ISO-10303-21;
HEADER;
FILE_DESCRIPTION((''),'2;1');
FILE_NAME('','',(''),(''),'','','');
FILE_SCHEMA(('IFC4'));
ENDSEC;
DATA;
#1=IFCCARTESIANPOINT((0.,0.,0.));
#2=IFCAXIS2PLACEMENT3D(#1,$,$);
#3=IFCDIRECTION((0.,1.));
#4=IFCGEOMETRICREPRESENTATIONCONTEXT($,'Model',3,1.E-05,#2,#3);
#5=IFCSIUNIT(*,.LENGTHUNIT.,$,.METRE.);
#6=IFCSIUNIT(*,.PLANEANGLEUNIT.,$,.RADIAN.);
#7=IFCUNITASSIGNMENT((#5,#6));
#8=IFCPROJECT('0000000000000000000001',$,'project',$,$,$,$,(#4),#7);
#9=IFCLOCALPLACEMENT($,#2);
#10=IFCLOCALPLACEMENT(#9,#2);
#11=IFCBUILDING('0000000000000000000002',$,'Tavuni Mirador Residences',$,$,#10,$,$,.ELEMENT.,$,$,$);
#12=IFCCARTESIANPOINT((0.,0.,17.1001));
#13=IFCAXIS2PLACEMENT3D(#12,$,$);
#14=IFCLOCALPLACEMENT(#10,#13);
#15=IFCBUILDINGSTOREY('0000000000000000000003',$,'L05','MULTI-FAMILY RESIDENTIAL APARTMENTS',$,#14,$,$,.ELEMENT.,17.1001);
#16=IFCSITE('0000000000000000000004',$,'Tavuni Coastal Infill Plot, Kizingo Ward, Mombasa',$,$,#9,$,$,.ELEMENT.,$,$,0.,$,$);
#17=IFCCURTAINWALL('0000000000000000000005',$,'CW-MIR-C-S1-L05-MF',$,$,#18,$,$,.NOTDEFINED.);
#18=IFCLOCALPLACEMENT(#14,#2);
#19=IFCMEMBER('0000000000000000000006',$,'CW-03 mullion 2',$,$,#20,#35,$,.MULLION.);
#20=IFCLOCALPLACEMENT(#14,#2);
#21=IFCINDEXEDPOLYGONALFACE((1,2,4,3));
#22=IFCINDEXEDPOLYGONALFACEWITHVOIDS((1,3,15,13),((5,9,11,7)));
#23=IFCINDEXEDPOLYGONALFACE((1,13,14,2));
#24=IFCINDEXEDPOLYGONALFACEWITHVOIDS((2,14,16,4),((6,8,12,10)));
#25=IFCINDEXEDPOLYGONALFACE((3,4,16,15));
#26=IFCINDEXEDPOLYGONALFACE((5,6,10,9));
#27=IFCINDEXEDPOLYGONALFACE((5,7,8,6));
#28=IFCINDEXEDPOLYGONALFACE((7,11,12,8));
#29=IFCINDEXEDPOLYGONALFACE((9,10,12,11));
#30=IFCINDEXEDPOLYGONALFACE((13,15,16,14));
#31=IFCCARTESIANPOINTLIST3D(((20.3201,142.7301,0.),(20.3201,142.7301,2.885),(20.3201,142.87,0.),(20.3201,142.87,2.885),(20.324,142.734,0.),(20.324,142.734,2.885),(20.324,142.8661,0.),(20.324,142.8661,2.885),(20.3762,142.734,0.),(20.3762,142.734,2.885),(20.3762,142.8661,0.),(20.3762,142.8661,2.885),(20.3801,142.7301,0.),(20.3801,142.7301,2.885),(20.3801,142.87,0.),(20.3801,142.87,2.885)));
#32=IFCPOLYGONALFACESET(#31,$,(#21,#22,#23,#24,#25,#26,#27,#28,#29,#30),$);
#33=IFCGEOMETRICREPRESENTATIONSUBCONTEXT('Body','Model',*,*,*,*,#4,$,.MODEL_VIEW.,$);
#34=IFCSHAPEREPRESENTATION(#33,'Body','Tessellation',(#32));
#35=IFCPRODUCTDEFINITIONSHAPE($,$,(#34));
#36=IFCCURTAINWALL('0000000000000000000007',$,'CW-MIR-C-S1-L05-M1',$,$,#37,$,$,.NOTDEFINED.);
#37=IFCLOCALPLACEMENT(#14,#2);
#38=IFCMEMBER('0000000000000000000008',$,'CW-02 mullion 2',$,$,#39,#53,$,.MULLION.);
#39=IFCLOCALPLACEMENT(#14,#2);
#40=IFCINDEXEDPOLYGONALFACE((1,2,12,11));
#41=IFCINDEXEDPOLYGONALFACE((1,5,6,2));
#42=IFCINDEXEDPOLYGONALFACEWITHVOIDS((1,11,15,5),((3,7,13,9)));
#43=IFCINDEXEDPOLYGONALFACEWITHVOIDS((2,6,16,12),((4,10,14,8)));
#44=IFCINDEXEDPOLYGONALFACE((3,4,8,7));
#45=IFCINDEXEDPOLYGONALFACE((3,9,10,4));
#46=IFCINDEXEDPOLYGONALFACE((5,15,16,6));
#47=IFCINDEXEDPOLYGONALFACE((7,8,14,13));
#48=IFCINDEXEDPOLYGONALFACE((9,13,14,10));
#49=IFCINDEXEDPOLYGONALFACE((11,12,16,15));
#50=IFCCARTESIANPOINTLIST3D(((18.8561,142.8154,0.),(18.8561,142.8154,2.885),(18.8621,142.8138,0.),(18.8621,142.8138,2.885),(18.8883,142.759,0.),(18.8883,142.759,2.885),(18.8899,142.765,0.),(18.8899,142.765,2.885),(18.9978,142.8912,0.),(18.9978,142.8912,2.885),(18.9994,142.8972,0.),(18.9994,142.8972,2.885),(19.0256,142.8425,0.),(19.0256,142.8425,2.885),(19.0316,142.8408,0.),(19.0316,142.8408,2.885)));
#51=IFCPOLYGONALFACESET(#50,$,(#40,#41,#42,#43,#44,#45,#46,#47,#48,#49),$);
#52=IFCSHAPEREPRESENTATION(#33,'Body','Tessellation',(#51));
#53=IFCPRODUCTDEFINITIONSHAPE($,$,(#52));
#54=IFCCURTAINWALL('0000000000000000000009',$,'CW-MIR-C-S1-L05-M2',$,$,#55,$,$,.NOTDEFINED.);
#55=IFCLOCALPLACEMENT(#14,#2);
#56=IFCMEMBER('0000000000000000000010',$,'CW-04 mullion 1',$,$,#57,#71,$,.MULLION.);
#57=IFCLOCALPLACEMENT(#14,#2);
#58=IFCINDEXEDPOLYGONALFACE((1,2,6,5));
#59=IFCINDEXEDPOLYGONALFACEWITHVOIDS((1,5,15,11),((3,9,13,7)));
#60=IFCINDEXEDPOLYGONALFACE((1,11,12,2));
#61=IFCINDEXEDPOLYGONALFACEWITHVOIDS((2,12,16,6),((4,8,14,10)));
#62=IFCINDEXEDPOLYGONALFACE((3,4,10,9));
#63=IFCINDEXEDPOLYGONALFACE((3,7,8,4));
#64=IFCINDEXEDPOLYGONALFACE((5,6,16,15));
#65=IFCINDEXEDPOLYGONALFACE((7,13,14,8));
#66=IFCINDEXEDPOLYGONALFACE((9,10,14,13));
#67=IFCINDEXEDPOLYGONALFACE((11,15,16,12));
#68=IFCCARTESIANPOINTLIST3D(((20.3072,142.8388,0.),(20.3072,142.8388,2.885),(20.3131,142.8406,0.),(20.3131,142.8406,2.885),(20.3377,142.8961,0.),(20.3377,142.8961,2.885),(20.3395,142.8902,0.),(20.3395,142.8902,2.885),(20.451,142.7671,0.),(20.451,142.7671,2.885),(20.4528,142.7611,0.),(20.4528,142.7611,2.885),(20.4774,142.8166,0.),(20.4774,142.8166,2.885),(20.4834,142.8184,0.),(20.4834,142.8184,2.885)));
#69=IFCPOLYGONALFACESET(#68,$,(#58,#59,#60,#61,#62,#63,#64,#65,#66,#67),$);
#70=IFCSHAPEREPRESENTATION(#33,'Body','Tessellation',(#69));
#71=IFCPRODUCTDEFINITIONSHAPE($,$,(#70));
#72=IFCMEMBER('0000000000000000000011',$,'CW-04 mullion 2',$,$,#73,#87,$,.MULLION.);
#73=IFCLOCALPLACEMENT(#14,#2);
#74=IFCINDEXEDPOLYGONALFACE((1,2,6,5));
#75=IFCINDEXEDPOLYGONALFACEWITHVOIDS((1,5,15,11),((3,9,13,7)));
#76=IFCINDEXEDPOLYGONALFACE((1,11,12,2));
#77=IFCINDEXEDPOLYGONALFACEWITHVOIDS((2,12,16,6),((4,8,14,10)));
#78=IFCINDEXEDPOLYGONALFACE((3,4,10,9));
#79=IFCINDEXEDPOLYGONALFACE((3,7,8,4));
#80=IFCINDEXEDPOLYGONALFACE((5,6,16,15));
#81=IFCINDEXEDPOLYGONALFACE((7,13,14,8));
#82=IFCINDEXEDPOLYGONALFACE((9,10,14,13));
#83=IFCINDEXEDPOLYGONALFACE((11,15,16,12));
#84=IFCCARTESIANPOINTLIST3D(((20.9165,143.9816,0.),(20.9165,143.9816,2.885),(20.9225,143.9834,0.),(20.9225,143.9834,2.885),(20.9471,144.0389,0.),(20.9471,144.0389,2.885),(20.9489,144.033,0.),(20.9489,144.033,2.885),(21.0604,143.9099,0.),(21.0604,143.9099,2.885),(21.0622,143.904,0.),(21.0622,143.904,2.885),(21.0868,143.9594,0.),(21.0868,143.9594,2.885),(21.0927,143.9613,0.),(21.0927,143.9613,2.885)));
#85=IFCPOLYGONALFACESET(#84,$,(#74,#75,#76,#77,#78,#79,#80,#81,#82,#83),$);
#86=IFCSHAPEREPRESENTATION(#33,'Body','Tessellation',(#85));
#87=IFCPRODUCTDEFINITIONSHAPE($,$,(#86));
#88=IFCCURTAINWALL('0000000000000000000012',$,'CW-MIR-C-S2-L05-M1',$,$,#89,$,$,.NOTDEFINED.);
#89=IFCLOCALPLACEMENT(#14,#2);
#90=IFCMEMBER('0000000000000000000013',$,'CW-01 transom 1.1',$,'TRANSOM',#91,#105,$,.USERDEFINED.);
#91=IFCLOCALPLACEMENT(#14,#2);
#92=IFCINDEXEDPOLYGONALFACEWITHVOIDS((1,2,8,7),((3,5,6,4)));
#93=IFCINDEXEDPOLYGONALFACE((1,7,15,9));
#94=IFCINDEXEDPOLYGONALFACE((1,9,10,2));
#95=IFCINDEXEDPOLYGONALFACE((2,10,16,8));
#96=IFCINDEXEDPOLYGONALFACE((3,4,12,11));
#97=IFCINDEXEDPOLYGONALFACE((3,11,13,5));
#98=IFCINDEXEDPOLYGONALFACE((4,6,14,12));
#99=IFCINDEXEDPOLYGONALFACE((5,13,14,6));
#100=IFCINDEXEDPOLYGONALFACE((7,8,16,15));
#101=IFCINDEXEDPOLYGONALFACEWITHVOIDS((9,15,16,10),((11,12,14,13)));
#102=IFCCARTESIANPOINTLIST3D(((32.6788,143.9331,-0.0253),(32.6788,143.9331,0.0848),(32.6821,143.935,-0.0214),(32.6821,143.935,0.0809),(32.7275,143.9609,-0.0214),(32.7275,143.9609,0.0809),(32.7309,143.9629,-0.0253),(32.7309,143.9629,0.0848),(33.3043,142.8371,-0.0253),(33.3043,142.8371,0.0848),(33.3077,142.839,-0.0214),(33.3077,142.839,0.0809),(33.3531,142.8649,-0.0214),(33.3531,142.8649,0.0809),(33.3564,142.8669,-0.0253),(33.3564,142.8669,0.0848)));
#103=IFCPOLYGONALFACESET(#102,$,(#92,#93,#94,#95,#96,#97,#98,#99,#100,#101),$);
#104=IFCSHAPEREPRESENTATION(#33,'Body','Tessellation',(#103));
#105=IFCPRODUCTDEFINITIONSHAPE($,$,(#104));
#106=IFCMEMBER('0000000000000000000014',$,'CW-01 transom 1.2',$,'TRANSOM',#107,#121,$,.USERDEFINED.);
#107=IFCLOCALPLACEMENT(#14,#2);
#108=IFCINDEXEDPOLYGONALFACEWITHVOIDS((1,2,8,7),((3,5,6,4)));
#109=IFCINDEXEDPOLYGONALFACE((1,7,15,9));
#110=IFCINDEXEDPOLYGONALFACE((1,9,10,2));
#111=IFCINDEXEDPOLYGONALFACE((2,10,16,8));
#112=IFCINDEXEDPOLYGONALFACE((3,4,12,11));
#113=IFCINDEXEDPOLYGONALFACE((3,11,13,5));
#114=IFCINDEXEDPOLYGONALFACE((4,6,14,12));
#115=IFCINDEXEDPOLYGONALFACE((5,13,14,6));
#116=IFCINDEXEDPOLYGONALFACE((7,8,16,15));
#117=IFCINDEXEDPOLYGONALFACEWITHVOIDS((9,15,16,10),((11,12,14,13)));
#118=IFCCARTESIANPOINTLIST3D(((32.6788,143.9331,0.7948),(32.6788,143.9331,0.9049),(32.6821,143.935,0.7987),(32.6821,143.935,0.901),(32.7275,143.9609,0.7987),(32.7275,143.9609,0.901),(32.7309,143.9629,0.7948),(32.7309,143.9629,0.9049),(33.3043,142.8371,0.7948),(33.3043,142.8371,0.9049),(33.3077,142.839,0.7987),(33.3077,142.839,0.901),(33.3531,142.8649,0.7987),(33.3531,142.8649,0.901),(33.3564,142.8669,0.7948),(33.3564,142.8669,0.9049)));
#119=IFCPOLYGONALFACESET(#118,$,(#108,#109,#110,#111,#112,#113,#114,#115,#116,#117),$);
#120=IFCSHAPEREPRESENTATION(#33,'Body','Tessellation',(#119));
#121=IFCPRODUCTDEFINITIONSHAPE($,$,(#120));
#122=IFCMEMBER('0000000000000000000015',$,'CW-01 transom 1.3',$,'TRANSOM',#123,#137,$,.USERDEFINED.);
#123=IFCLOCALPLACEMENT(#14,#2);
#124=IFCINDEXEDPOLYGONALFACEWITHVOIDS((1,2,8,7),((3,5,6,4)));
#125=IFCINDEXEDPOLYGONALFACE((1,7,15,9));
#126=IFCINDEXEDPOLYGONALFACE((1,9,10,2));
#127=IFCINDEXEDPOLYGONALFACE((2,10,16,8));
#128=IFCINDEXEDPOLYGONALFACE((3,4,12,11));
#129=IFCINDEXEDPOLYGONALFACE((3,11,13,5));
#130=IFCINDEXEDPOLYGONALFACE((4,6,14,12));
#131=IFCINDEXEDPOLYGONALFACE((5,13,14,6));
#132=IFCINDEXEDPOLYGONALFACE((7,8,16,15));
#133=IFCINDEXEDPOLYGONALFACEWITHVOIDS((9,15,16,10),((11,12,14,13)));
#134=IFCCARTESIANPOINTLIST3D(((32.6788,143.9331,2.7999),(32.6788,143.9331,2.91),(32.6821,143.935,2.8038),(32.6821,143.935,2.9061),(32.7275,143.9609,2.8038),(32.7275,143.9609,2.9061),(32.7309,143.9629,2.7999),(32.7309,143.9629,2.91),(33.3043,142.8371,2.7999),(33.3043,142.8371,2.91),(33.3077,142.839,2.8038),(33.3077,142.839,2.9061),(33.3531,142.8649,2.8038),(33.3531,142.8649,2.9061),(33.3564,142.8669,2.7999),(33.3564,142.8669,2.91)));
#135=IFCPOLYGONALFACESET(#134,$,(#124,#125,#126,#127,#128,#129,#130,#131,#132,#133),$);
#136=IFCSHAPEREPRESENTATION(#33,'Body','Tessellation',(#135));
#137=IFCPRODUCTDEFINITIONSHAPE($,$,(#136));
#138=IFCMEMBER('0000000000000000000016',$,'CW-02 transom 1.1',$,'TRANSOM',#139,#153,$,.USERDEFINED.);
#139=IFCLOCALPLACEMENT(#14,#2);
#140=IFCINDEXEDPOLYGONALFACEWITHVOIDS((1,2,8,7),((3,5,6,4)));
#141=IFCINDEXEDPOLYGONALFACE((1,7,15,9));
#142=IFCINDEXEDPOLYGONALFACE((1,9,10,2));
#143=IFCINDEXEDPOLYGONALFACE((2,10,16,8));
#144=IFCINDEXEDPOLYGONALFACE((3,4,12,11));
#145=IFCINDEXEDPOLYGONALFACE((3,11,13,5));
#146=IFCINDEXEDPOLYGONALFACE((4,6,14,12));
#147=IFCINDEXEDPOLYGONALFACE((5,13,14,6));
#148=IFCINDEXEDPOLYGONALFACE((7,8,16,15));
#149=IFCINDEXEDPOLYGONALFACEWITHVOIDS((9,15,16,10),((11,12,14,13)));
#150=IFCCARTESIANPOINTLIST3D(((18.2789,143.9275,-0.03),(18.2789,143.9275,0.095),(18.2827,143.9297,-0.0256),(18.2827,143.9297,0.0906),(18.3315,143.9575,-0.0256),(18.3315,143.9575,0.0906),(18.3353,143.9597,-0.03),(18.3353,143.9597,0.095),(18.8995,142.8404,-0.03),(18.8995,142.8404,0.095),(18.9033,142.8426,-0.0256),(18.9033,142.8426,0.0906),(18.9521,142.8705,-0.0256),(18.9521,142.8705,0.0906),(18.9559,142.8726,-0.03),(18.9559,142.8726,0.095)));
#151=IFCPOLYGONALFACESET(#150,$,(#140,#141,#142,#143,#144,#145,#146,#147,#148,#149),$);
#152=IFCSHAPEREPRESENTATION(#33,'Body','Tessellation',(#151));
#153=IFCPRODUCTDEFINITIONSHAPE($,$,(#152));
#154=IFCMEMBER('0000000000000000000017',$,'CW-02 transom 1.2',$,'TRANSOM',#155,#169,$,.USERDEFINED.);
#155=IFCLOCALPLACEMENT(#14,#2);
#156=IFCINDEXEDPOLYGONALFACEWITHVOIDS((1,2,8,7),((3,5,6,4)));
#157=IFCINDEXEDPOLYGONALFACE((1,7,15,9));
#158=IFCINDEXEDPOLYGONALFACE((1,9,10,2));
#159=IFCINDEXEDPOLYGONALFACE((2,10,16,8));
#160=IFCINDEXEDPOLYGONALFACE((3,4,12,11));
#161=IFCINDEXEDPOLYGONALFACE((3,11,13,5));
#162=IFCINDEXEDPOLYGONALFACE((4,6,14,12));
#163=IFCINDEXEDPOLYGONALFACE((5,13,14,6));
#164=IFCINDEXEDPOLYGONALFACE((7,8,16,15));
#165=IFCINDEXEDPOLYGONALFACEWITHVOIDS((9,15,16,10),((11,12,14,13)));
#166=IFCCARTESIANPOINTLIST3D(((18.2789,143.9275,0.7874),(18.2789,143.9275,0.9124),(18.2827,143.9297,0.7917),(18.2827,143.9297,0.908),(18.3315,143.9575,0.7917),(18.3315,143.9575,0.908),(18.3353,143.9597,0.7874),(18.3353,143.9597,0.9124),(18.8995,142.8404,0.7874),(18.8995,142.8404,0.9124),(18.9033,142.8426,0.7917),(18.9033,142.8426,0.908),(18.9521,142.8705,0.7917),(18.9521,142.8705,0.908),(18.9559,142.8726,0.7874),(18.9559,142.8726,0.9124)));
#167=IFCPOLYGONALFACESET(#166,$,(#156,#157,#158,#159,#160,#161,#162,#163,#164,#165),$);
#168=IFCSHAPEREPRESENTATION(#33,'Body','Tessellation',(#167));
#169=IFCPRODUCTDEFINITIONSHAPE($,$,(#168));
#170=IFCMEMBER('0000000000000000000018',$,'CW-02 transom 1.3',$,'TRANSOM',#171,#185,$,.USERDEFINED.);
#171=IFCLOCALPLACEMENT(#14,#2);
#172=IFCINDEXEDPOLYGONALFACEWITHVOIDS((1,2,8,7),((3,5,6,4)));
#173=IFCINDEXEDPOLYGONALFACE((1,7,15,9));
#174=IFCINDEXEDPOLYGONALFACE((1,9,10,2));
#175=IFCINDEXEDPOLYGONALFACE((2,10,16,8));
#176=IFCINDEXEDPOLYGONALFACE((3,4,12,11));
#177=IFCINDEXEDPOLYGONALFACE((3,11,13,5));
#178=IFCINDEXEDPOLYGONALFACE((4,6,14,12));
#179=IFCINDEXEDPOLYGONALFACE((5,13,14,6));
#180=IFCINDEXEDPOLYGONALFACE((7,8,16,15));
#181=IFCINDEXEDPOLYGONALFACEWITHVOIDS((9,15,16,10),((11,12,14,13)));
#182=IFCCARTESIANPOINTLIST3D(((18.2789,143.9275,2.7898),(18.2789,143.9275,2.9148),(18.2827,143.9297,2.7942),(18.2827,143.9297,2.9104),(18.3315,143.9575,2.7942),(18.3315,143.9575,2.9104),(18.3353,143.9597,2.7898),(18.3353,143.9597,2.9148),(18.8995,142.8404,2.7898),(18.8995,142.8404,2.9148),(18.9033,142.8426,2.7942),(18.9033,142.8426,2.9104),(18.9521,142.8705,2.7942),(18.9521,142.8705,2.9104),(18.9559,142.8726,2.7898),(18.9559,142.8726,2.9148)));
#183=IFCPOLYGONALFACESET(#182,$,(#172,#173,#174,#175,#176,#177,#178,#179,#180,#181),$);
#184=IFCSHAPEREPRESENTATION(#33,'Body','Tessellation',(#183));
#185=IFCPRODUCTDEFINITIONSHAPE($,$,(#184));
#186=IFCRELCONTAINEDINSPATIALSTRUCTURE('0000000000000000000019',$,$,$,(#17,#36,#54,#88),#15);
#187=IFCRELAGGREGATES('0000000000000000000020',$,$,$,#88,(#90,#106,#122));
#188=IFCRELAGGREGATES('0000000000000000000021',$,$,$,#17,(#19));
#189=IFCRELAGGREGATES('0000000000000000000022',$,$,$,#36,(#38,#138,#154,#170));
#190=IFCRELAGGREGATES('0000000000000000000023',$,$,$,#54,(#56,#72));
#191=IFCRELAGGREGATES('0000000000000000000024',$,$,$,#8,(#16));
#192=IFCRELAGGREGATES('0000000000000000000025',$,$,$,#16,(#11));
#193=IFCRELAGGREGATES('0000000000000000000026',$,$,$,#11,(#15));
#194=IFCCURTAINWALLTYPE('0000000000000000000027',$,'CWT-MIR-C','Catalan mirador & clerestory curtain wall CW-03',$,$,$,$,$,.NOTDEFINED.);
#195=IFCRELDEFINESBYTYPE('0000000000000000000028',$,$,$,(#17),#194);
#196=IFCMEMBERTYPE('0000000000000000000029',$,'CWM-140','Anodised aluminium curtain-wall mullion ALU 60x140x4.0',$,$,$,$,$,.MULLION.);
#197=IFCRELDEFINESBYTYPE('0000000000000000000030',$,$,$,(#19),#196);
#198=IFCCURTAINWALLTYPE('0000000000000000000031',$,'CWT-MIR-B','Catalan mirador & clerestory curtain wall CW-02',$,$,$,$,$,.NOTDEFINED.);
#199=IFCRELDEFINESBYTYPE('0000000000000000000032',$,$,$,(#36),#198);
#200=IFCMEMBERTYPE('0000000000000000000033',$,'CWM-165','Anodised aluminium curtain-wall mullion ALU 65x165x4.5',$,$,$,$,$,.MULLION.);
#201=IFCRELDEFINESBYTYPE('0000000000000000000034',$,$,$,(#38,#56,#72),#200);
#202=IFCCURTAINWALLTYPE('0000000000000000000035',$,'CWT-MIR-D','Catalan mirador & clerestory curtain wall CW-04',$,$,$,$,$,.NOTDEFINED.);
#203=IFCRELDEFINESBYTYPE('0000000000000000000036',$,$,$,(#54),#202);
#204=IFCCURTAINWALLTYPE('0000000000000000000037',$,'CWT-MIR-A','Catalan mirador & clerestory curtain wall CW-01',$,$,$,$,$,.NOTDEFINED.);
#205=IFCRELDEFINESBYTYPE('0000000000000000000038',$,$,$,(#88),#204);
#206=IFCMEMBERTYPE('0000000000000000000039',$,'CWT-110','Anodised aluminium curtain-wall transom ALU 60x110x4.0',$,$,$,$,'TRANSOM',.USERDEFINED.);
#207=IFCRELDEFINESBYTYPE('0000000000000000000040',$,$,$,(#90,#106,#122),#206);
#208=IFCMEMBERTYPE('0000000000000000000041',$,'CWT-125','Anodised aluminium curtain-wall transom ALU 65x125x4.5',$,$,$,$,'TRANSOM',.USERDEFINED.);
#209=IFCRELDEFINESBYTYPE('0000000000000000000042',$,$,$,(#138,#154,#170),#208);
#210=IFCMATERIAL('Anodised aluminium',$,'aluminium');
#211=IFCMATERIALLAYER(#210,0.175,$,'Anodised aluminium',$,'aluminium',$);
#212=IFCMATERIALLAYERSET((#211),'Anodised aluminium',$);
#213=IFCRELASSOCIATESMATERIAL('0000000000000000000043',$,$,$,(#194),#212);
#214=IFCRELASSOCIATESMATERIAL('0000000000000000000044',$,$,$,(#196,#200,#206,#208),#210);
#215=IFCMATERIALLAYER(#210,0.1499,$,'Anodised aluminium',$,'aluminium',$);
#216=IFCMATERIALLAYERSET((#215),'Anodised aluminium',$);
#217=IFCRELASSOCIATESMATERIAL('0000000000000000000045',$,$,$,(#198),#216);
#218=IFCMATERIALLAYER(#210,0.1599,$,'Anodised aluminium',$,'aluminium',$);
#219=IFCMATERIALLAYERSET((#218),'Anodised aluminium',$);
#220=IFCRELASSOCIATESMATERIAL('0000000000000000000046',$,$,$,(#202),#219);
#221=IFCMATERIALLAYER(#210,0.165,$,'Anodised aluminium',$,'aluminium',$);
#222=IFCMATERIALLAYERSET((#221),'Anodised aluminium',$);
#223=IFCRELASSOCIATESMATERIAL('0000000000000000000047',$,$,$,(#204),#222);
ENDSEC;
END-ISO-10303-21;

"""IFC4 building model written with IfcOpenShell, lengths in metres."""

from ifc_helpers import new_model, si_unit, direction, frame, origin, origin_2d, place, context, subcontext, project, spatial, hollow_rectangle, extrude, material, layer, layer_set, material_profile, profile_set, type_object, element, aggregate, save


model = new_model("IFC4")

# Units and contexts
model_context = context("Model", 3, precision=1e-05, world=origin(), true_north=direction((0.0, 1.0)))
body_context = subcontext(model_context, "Body", "Model", "MODEL_VIEW")
ifc_project = project(units=[si_unit("LENGTHUNIT", "METRE"), si_unit("PLANEANGLEUNIT", "RADIAN")], contexts=[model_context])

# Site, building, storey
site_placement = place(None, origin())
site = spatial("IfcSite", under=ifc_project, at=site_placement, Name="Tavuni Coastal Infill Plot, Kizingo Ward, Mombasa", CompositionType="ELEMENT", RefElevation=0.0)
building_placement = place(site_placement, origin())
building = spatial("IfcBuilding", under=site, at=building_placement, Name="Tavuni Mirador Residences", CompositionType="ELEMENT")
storey_placement = place(building_placement, frame((0.0, 0.0, 17.1001)))
storey = spatial("IfcBuildingStorey", under=building, at=storey_placement, Name="L05", Description="MULTI-FAMILY RESIDENTIAL APARTMENTS", CompositionType="ELEMENT", Elevation=17.1001)

# Curtain walls, members
ifc_material_1 = material(Name="Anodised aluminium", Category="aluminium")
ifc_layer_1 = layer(ifc_material_1, 0.175, Name="Anodised aluminium", Category="aluminium")
ifc_layer_set_1 = layer_set([ifc_layer_1], Name="Anodised aluminium")
curtain_wall_type_1 = type_object("IfcCurtainWallType", Name="CWT-MIR-C", Description="Catalan mirador & clerestory curtain wall CW-03", PredefinedType="NOTDEFINED", material=ifc_layer_set_1)
curtain_wall_1_placement = place(storey_placement, origin())
curtain_wall_1 = element("IfcCurtainWall", 1, at=curtain_wall_1_placement, inside=storey, type_object=curtain_wall_type_1, Name="CW-MIR-C-S1-L05-MF", PredefinedType="NOTDEFINED")
ifc_material_profile_1 = material_profile(ifc_material_1, hollow_rectangle(XDim=0.0601, YDim=0.1399, WallThickness=0.0039, at=origin_2d()), Name="ALU 60x140x4.0", Category="aluminium")
ifc_profile_set_1 = profile_set([ifc_material_profile_1], Name="Anodised aluminium")
member_type_1 = type_object("IfcMemberType", Name="CWM-140", Description="Anodised aluminium curtain-wall mullion ALU 60x140x4.0", PredefinedType="MULLION", material=ifc_profile_set_1)
member_1_placement = place(storey_placement, frame((20.3501, 142.8, 0.0), z_axis=(0.0, 0.0, 1.0), x_axis=(1.0, 0.0, 0.0)))
member_1 = element("IfcMember", 2, at=member_1_placement, type_object=member_type_1, Name="CW-03 mullion 2", PredefinedType="MULLION", context=body_context, shape_type="SweptSolid", body=[
    extrude(hollow_rectangle(XDim=0.0601, YDim=0.1399, WallThickness=0.0039, at=origin_2d()), origin(), (0.0, 0.0, 1.0), 2.885),
])
ifc_layer_2 = layer(ifc_material_1, 0.1499, Name="Anodised aluminium", Category="aluminium")
ifc_layer_set_2 = layer_set([ifc_layer_2], Name="Anodised aluminium")
curtain_wall_type_2 = type_object("IfcCurtainWallType", Name="CWT-MIR-B", Description="Catalan mirador & clerestory curtain wall CW-02", PredefinedType="NOTDEFINED", material=ifc_layer_set_2)
curtain_wall_2_placement = place(storey_placement, origin())
curtain_wall_2 = element("IfcCurtainWall", 3, at=curtain_wall_2_placement, inside=storey, type_object=curtain_wall_type_2, Name="CW-MIR-C-S1-L05-M1", PredefinedType="NOTDEFINED")
ifc_material_profile_2 = material_profile(ifc_material_1, hollow_rectangle(XDim=0.0649, YDim=0.165, WallThickness=0.0044, at=origin_2d()), Name="ALU 65x165x4.5", Category="aluminium")
ifc_profile_set_2 = profile_set([ifc_material_profile_2], Name="Anodised aluminium")
member_type_2 = type_object("IfcMemberType", Name="CWM-165", Description="Anodised aluminium curtain-wall mullion ALU 65x165x4.5", PredefinedType="MULLION", material=ifc_profile_set_2)
member_2_placement = place(storey_placement, frame((18.9438, 142.8281, 0.0), z_axis=(0.0, 0.0, 1.0), x_axis=(0.495749, -0.868466, 0.0)))
member_2 = element("IfcMember", 4, at=member_2_placement, type_object=member_type_2, Name="CW-02 mullion 2", PredefinedType="MULLION", context=body_context, shape_type="SweptSolid", body=[
    extrude(hollow_rectangle(XDim=0.0649, YDim=0.165, WallThickness=0.0044, at=origin_2d()), origin(), (0.0, 0.0, 1.0), 2.885),
])

# Curtain walls, members
ifc_layer_3 = layer(ifc_material_1, 0.1599, Name="Anodised aluminium", Category="aluminium")
ifc_layer_set_3 = layer_set([ifc_layer_3], Name="Anodised aluminium")
curtain_wall_type_3 = type_object("IfcCurtainWallType", Name="CWT-MIR-D", Description="Catalan mirador & clerestory curtain wall CW-04", PredefinedType="NOTDEFINED", material=ifc_layer_set_3)
curtain_wall_3_placement = place(storey_placement, origin())
curtain_wall_3 = element("IfcCurtainWall", 5, at=curtain_wall_3_placement, inside=storey, type_object=curtain_wall_type_3, Name="CW-MIR-C-S1-L05-M2", PredefinedType="NOTDEFINED")
member_3_placement = place(storey_placement, frame((20.3953, 142.8286, 0.0), z_axis=(0.0, 0.0, 1.0), x_axis=(0.470588, 0.882353, 0.0)))
member_3 = element("IfcMember", 6, at=member_3_placement, type_object=member_type_2, Name="CW-04 mullion 1", PredefinedType="MULLION", context=body_context, shape_type="SweptSolid", body=[
    extrude(hollow_rectangle(XDim=0.0649, YDim=0.165, WallThickness=0.0044, at=origin_2d()), origin(), (0.0, 0.0, 1.0), 2.885),
])
member_4_placement = place(storey_placement, frame((21.0046, 143.9714, 0.0), z_axis=(0.0, 0.0, 1.0), x_axis=(0.470588, 0.882353, 0.0)))
member_4 = element("IfcMember", 7, at=member_4_placement, type_object=member_type_2, Name="CW-04 mullion 2", PredefinedType="MULLION", context=body_context, shape_type="SweptSolid", body=[
    extrude(hollow_rectangle(XDim=0.0649, YDim=0.165, WallThickness=0.0044, at=origin_2d()), origin(), (0.0, 0.0, 1.0), 2.885),
])
ifc_layer_4 = layer(ifc_material_1, 0.165, Name="Anodised aluminium", Category="aluminium")
ifc_layer_set_4 = layer_set([ifc_layer_4], Name="Anodised aluminium")
curtain_wall_type_4 = type_object("IfcCurtainWallType", Name="CWT-MIR-A", Description="Catalan mirador & clerestory curtain wall CW-01", PredefinedType="NOTDEFINED", material=ifc_layer_set_4)
curtain_wall_4_placement = place(storey_placement, origin())
curtain_wall_4 = element("IfcCurtainWall", 8, at=curtain_wall_4_placement, inside=storey, type_object=curtain_wall_type_4, Name="CW-MIR-C-S2-L05-M1", PredefinedType="NOTDEFINED")
ifc_material_profile_3 = material_profile(ifc_material_1, hollow_rectangle(XDim=0.0601, YDim=0.1101, WallThickness=0.0039, at=origin_2d()), Name="ALU 60x110x4.0", Category="aluminium")
ifc_profile_set_3 = profile_set([ifc_material_profile_3], Name="Anodised aluminium")
member_type_3 = type_object("IfcMemberType", Name="CWT-110", Description="Anodised aluminium curtain-wall transom ALU 60x110x4.0", ElementType="TRANSOM", PredefinedType="USERDEFINED", material=ifc_profile_set_3)
member_5_placement = place(storey_placement, frame((32.7048, 143.948, 0.0298), z_axis=(0.49568, -0.868505, 0.0), x_axis=(0.868505, 0.49568, 0.0)))
member_5 = element("IfcMember", 9, at=member_5_placement, type_object=member_type_3, Name="CW-01 transom 1.1", ObjectType="TRANSOM", PredefinedType="USERDEFINED", context=body_context, shape_type="SweptSolid", body=[
    extrude(hollow_rectangle(XDim=0.0601, YDim=0.1101, WallThickness=0.0039, at=origin_2d()), origin(), (0.0, 0.0, 1.0), 1.262),
])
member_6_placement = place(storey_placement, frame((32.7048, 143.948, 0.8499), z_axis=(0.49568, -0.868505, 0.0), x_axis=(0.868505, 0.49568, 0.0)))
member_6 = element("IfcMember", 10, at=member_6_placement, type_object=member_type_3, Name="CW-01 transom 1.2", ObjectType="TRANSOM", PredefinedType="USERDEFINED", context=body_context, shape_type="SweptSolid", body=[
    extrude(hollow_rectangle(XDim=0.0601, YDim=0.1101, WallThickness=0.0039, at=origin_2d()), origin(), (0.0, 0.0, 1.0), 1.262),
])
member_7_placement = place(storey_placement, frame((32.7048, 143.948, 2.855), z_axis=(0.49568, -0.868505, 0.0), x_axis=(0.868505, 0.49568, 0.0)))
member_7 = element("IfcMember", 11, at=member_7_placement, type_object=member_type_3, Name="CW-01 transom 1.3", ObjectType="TRANSOM", PredefinedType="USERDEFINED", context=body_context, shape_type="SweptSolid", body=[
    extrude(hollow_rectangle(XDim=0.0601, YDim=0.1101, WallThickness=0.0039, at=origin_2d()), origin(), (0.0, 0.0, 1.0), 1.262),
])
aggregate(curtain_wall_4, [member_5, member_6, member_7])

# Members
ifc_material_profile_4 = material_profile(ifc_material_1, hollow_rectangle(XDim=0.0649, YDim=0.125, WallThickness=0.0044, at=origin_2d()), Name="ALU 65x125x4.5", Category="aluminium")
ifc_profile_set_4 = profile_set([ifc_material_profile_4], Name="Anodised aluminium")
member_type_4 = type_object("IfcMemberType", Name="CWT-125", Description="Anodised aluminium curtain-wall transom ALU 65x125x4.5", ElementType="TRANSOM", PredefinedType="USERDEFINED", material=ifc_profile_set_4)
member_8_placement = place(storey_placement, frame((18.3071, 143.9436, 0.0325), z_axis=(0.495761, -0.868459, 0.0), x_axis=(0.868459, 0.495761, 0.0)))
member_8 = element("IfcMember", 12, at=member_8_placement, type_object=member_type_4, Name="CW-02 transom 1.1", ObjectType="TRANSOM", PredefinedType="USERDEFINED", context=body_context, shape_type="SweptSolid", body=[
    extrude(hollow_rectangle(XDim=0.0649, YDim=0.125, WallThickness=0.0044, at=origin_2d()), origin(), (0.0, 0.0, 1.0), 1.2517),
])
member_9_placement = place(storey_placement, frame((18.3071, 143.9436, 0.8499), z_axis=(0.495761, -0.868459, 0.0), x_axis=(0.868459, 0.495761, 0.0)))
member_9 = element("IfcMember", 13, at=member_9_placement, type_object=member_type_4, Name="CW-02 transom 1.2", ObjectType="TRANSOM", PredefinedType="USERDEFINED", context=body_context, shape_type="SweptSolid", body=[
    extrude(hollow_rectangle(XDim=0.0649, YDim=0.125, WallThickness=0.0044, at=origin_2d()), origin(), (0.0, 0.0, 1.0), 1.2517),
])
member_10_placement = place(storey_placement, frame((18.3071, 143.9436, 2.8523), z_axis=(0.495761, -0.868459, 0.0), x_axis=(0.868459, 0.495761, 0.0)))
member_10 = element("IfcMember", 14, at=member_10_placement, type_object=member_type_4, Name="CW-02 transom 1.3", ObjectType="TRANSOM", PredefinedType="USERDEFINED", context=body_context, shape_type="SweptSolid", body=[
    extrude(hollow_rectangle(XDim=0.0649, YDim=0.125, WallThickness=0.0044, at=origin_2d()), origin(), (0.0, 0.0, 1.0), 1.2517),
])

aggregate(curtain_wall_1, [member_1])
aggregate(curtain_wall_2, [member_2, member_8, member_9, member_10])
aggregate(curtain_wall_3, [member_3, member_4])

save(model, "model.ifc")
